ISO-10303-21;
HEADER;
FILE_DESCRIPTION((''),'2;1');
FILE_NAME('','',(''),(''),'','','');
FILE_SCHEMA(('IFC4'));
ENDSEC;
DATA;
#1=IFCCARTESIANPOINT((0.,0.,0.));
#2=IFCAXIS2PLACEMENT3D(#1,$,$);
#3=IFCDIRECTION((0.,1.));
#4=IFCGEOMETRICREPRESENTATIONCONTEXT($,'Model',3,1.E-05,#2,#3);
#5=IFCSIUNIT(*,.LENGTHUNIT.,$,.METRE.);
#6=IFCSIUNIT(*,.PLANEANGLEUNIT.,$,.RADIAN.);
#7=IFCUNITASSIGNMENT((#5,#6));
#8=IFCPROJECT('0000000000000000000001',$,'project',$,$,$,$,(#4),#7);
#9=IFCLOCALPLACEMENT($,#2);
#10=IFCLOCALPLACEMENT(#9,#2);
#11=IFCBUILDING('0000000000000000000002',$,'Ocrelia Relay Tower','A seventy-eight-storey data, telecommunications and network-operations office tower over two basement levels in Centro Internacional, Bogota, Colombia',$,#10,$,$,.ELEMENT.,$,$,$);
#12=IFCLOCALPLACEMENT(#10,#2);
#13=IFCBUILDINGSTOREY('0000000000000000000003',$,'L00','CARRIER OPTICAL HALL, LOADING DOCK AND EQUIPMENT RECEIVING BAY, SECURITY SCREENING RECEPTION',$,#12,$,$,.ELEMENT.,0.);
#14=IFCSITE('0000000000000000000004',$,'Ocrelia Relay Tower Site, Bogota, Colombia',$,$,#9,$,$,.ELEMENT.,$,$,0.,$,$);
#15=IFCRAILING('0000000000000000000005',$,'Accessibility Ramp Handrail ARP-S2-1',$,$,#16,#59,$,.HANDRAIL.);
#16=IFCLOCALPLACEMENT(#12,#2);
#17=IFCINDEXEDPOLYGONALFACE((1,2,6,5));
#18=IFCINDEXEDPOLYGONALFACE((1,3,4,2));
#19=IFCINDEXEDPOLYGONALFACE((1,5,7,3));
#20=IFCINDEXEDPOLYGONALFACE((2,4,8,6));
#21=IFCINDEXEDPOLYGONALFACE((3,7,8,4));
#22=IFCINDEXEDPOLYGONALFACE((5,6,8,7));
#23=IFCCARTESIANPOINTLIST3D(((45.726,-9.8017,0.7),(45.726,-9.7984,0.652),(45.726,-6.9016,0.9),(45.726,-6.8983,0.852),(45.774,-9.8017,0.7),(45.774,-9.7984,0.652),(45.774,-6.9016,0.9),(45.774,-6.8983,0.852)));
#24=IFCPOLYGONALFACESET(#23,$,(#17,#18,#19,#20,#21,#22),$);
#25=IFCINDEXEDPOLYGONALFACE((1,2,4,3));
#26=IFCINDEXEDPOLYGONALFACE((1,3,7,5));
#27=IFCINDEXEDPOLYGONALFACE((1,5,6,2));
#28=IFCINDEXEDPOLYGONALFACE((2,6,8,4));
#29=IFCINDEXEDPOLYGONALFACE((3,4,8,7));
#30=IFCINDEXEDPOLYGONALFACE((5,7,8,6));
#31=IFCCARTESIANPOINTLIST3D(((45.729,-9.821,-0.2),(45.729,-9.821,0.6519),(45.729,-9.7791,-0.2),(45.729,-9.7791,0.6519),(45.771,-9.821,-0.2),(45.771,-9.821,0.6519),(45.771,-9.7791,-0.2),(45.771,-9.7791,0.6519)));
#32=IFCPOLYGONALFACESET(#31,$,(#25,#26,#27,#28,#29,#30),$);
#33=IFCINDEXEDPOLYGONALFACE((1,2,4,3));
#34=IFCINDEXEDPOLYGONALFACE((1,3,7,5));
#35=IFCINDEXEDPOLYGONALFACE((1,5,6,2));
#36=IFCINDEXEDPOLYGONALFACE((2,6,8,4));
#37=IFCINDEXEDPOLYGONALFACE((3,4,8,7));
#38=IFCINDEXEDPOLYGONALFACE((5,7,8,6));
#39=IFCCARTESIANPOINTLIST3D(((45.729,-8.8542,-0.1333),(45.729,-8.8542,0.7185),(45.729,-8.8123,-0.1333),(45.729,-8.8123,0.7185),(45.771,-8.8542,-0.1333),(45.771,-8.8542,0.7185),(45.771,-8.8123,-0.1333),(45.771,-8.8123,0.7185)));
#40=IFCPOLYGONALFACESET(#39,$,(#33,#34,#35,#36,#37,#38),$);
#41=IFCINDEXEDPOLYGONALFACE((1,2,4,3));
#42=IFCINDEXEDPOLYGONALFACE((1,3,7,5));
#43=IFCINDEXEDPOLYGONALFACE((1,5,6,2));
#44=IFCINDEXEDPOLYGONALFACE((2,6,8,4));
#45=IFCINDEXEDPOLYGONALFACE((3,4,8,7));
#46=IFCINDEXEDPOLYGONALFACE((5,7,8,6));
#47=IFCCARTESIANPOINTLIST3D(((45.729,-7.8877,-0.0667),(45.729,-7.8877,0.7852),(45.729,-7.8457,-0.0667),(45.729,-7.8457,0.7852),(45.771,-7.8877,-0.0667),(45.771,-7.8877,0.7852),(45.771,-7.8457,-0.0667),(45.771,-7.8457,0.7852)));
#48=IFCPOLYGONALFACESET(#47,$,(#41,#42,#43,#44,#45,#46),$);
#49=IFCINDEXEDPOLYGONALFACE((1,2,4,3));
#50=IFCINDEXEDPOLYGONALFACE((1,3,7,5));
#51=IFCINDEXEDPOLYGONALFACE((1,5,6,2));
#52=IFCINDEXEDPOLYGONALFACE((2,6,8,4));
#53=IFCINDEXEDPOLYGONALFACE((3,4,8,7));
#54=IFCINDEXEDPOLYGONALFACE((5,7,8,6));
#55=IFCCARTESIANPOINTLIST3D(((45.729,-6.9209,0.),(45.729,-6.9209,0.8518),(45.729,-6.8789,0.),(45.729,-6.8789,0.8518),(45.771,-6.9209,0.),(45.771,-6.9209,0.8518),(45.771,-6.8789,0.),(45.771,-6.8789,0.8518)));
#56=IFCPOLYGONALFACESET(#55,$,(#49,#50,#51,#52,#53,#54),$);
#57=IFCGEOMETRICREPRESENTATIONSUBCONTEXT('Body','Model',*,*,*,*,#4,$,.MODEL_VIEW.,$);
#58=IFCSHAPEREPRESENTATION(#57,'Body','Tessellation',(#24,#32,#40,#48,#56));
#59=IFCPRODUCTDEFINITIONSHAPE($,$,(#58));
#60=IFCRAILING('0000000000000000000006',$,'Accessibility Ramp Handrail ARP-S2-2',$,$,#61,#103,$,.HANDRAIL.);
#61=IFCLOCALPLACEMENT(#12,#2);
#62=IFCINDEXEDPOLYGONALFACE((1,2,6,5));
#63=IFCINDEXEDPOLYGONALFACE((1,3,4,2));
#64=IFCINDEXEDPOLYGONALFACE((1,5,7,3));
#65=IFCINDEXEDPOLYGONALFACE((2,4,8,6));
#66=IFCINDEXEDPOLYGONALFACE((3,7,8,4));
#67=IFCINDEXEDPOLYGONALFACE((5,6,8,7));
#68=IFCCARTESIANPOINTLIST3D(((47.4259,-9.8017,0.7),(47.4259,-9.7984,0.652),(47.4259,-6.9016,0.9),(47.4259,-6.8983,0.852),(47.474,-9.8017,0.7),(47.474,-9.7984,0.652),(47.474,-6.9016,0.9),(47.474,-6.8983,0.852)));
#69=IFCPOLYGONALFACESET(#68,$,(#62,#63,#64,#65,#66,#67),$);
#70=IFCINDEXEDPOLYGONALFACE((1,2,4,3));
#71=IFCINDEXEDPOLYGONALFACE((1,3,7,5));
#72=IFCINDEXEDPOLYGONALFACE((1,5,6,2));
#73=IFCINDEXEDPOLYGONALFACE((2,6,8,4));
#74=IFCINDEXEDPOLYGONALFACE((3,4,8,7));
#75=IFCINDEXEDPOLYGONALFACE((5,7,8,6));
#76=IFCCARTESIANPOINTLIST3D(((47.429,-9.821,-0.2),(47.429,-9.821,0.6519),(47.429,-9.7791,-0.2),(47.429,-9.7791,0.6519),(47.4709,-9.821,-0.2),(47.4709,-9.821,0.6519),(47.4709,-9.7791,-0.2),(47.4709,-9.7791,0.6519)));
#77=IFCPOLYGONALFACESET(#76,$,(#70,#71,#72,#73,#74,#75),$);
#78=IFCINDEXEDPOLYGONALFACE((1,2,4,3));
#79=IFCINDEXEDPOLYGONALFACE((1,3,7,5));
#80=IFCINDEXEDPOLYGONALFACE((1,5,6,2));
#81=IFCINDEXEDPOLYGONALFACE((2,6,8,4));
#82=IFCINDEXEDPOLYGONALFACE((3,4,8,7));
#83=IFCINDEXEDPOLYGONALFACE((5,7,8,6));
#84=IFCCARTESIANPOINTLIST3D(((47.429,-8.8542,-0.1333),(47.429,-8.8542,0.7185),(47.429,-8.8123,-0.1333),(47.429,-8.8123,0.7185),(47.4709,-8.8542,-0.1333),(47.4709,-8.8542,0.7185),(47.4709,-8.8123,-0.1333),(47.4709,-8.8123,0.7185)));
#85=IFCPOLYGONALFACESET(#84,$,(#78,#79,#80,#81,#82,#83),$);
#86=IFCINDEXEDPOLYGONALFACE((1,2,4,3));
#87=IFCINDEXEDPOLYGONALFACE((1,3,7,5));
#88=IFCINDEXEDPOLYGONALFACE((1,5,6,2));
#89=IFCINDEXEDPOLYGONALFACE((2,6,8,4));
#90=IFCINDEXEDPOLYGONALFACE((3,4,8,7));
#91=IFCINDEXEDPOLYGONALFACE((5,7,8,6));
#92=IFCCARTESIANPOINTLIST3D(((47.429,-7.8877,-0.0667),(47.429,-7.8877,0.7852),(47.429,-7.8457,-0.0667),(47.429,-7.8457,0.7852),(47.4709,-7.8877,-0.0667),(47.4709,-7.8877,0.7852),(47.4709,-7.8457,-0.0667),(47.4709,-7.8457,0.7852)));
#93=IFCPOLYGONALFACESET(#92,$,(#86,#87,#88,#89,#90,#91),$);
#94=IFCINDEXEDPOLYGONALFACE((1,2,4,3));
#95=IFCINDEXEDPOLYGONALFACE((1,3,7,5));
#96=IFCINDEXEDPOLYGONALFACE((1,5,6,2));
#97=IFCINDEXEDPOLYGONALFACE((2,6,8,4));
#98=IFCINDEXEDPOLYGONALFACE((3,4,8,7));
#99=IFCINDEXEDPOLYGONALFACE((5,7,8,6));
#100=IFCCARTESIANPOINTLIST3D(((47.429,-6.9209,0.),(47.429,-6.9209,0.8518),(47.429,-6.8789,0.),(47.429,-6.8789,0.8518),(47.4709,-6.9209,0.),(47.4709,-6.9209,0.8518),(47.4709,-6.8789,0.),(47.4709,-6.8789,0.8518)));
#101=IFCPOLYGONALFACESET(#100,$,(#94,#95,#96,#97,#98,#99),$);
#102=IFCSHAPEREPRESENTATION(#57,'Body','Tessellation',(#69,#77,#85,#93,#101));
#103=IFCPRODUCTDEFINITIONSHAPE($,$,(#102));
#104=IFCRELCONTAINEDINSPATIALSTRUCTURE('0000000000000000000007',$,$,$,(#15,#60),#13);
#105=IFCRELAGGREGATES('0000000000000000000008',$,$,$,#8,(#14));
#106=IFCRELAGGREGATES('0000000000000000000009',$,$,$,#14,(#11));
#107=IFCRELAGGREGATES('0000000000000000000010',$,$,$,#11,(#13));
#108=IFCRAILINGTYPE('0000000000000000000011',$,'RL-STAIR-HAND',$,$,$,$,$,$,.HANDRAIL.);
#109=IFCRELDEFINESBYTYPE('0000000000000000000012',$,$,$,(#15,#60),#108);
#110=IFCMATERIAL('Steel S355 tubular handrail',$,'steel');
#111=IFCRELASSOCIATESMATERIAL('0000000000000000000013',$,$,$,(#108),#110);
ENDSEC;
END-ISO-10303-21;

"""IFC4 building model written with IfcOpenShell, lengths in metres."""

from ifc_helpers import new_model, si_unit, direction, frame, origin, origin_2d, place, context, subcontext, project, spatial, rectangle, extrude, material, type_object, element, save


model = new_model("IFC4")

# Units and contexts
model_context = context("Model", 3, precision=1e-05, world=origin(), true_north=direction((0.0, 1.0)))
body_context = subcontext(model_context, "Body", "Model", "MODEL_VIEW")
ifc_project = project(units=[si_unit("LENGTHUNIT", "METRE"), si_unit("PLANEANGLEUNIT", "RADIAN")], contexts=[model_context])

# Site, building, storey
site_placement = place(None, origin())
site = spatial("IfcSite", under=ifc_project, at=site_placement, Name="Ocrelia Relay Tower Site, Bogota, Colombia", CompositionType="ELEMENT", RefElevation=0.0)
building_placement = place(site_placement, origin())
building = spatial("IfcBuilding", under=site, at=building_placement, Name="Ocrelia Relay Tower", Description="A seventy-eight-storey data, telecommunications and network-operations office tower over two basement levels in Centro Internacional, Bogota, Colombia", CompositionType="ELEMENT")
storey_placement = place(building_placement, origin())
storey = spatial("IfcBuildingStorey", under=building, at=storey_placement, Name="L00", Description="CARRIER OPTICAL HALL, LOADING DOCK AND EQUIPMENT RECEIVING BAY, SECURITY SCREENING RECEPTION", CompositionType="ELEMENT", Elevation=0.0)

# Railings
ifc_material_1 = material(Name="Steel S355 tubular handrail", Category="steel")
railing_type = type_object("IfcRailingType", Name="RL-STAIR-HAND", PredefinedType="HANDRAIL", material=ifc_material_1)
for number, where, name in (
    (1, (45.75, -9.8, -0.2), "Accessibility Ramp Handrail ARP-S2-1"),
    (2, (47.45, -9.8, -0.2), "Accessibility Ramp Handrail ARP-S2-2"),
):
    element("IfcRailing", number, at=place(storey_placement, frame(where)), inside=storey, type_object=railing_type, Name=name, PredefinedType="HANDRAIL", context=body_context, shape_type="SweptSolid", body=[
        extrude(rectangle(XDim=0.0481, YDim=0.0481, at=origin_2d()), frame((0.0, 0.0, 0.876), z_axis=(0.0, 0.997632, 0.068782), x_axis=(-1.0, 0.0, 0.0)), (0.0, 0.0, 1.0), 2.907),
        extrude(rectangle(XDim=0.042, YDim=0.042, at=origin_2d()), origin(), (0.0, 0.0, 1.0), 0.8518),
        extrude(rectangle(XDim=0.042, YDim=0.042, at=origin_2d()), frame((0.0, 0.9668, 0.0667)), (0.0, 0.0, 1.0), 0.8518),
        extrude(rectangle(XDim=0.042, YDim=0.042, at=origin_2d()), frame((0.0, 1.9333, 0.1333)), (0.0, 0.0, 1.0), 0.8518),
        extrude(rectangle(XDim=0.042, YDim=0.042, at=origin_2d()), frame((0.0, 2.9001, 0.2)), (0.0, 0.0, 1.0), 0.8518),
    ])

save(model, "model.ifc")
